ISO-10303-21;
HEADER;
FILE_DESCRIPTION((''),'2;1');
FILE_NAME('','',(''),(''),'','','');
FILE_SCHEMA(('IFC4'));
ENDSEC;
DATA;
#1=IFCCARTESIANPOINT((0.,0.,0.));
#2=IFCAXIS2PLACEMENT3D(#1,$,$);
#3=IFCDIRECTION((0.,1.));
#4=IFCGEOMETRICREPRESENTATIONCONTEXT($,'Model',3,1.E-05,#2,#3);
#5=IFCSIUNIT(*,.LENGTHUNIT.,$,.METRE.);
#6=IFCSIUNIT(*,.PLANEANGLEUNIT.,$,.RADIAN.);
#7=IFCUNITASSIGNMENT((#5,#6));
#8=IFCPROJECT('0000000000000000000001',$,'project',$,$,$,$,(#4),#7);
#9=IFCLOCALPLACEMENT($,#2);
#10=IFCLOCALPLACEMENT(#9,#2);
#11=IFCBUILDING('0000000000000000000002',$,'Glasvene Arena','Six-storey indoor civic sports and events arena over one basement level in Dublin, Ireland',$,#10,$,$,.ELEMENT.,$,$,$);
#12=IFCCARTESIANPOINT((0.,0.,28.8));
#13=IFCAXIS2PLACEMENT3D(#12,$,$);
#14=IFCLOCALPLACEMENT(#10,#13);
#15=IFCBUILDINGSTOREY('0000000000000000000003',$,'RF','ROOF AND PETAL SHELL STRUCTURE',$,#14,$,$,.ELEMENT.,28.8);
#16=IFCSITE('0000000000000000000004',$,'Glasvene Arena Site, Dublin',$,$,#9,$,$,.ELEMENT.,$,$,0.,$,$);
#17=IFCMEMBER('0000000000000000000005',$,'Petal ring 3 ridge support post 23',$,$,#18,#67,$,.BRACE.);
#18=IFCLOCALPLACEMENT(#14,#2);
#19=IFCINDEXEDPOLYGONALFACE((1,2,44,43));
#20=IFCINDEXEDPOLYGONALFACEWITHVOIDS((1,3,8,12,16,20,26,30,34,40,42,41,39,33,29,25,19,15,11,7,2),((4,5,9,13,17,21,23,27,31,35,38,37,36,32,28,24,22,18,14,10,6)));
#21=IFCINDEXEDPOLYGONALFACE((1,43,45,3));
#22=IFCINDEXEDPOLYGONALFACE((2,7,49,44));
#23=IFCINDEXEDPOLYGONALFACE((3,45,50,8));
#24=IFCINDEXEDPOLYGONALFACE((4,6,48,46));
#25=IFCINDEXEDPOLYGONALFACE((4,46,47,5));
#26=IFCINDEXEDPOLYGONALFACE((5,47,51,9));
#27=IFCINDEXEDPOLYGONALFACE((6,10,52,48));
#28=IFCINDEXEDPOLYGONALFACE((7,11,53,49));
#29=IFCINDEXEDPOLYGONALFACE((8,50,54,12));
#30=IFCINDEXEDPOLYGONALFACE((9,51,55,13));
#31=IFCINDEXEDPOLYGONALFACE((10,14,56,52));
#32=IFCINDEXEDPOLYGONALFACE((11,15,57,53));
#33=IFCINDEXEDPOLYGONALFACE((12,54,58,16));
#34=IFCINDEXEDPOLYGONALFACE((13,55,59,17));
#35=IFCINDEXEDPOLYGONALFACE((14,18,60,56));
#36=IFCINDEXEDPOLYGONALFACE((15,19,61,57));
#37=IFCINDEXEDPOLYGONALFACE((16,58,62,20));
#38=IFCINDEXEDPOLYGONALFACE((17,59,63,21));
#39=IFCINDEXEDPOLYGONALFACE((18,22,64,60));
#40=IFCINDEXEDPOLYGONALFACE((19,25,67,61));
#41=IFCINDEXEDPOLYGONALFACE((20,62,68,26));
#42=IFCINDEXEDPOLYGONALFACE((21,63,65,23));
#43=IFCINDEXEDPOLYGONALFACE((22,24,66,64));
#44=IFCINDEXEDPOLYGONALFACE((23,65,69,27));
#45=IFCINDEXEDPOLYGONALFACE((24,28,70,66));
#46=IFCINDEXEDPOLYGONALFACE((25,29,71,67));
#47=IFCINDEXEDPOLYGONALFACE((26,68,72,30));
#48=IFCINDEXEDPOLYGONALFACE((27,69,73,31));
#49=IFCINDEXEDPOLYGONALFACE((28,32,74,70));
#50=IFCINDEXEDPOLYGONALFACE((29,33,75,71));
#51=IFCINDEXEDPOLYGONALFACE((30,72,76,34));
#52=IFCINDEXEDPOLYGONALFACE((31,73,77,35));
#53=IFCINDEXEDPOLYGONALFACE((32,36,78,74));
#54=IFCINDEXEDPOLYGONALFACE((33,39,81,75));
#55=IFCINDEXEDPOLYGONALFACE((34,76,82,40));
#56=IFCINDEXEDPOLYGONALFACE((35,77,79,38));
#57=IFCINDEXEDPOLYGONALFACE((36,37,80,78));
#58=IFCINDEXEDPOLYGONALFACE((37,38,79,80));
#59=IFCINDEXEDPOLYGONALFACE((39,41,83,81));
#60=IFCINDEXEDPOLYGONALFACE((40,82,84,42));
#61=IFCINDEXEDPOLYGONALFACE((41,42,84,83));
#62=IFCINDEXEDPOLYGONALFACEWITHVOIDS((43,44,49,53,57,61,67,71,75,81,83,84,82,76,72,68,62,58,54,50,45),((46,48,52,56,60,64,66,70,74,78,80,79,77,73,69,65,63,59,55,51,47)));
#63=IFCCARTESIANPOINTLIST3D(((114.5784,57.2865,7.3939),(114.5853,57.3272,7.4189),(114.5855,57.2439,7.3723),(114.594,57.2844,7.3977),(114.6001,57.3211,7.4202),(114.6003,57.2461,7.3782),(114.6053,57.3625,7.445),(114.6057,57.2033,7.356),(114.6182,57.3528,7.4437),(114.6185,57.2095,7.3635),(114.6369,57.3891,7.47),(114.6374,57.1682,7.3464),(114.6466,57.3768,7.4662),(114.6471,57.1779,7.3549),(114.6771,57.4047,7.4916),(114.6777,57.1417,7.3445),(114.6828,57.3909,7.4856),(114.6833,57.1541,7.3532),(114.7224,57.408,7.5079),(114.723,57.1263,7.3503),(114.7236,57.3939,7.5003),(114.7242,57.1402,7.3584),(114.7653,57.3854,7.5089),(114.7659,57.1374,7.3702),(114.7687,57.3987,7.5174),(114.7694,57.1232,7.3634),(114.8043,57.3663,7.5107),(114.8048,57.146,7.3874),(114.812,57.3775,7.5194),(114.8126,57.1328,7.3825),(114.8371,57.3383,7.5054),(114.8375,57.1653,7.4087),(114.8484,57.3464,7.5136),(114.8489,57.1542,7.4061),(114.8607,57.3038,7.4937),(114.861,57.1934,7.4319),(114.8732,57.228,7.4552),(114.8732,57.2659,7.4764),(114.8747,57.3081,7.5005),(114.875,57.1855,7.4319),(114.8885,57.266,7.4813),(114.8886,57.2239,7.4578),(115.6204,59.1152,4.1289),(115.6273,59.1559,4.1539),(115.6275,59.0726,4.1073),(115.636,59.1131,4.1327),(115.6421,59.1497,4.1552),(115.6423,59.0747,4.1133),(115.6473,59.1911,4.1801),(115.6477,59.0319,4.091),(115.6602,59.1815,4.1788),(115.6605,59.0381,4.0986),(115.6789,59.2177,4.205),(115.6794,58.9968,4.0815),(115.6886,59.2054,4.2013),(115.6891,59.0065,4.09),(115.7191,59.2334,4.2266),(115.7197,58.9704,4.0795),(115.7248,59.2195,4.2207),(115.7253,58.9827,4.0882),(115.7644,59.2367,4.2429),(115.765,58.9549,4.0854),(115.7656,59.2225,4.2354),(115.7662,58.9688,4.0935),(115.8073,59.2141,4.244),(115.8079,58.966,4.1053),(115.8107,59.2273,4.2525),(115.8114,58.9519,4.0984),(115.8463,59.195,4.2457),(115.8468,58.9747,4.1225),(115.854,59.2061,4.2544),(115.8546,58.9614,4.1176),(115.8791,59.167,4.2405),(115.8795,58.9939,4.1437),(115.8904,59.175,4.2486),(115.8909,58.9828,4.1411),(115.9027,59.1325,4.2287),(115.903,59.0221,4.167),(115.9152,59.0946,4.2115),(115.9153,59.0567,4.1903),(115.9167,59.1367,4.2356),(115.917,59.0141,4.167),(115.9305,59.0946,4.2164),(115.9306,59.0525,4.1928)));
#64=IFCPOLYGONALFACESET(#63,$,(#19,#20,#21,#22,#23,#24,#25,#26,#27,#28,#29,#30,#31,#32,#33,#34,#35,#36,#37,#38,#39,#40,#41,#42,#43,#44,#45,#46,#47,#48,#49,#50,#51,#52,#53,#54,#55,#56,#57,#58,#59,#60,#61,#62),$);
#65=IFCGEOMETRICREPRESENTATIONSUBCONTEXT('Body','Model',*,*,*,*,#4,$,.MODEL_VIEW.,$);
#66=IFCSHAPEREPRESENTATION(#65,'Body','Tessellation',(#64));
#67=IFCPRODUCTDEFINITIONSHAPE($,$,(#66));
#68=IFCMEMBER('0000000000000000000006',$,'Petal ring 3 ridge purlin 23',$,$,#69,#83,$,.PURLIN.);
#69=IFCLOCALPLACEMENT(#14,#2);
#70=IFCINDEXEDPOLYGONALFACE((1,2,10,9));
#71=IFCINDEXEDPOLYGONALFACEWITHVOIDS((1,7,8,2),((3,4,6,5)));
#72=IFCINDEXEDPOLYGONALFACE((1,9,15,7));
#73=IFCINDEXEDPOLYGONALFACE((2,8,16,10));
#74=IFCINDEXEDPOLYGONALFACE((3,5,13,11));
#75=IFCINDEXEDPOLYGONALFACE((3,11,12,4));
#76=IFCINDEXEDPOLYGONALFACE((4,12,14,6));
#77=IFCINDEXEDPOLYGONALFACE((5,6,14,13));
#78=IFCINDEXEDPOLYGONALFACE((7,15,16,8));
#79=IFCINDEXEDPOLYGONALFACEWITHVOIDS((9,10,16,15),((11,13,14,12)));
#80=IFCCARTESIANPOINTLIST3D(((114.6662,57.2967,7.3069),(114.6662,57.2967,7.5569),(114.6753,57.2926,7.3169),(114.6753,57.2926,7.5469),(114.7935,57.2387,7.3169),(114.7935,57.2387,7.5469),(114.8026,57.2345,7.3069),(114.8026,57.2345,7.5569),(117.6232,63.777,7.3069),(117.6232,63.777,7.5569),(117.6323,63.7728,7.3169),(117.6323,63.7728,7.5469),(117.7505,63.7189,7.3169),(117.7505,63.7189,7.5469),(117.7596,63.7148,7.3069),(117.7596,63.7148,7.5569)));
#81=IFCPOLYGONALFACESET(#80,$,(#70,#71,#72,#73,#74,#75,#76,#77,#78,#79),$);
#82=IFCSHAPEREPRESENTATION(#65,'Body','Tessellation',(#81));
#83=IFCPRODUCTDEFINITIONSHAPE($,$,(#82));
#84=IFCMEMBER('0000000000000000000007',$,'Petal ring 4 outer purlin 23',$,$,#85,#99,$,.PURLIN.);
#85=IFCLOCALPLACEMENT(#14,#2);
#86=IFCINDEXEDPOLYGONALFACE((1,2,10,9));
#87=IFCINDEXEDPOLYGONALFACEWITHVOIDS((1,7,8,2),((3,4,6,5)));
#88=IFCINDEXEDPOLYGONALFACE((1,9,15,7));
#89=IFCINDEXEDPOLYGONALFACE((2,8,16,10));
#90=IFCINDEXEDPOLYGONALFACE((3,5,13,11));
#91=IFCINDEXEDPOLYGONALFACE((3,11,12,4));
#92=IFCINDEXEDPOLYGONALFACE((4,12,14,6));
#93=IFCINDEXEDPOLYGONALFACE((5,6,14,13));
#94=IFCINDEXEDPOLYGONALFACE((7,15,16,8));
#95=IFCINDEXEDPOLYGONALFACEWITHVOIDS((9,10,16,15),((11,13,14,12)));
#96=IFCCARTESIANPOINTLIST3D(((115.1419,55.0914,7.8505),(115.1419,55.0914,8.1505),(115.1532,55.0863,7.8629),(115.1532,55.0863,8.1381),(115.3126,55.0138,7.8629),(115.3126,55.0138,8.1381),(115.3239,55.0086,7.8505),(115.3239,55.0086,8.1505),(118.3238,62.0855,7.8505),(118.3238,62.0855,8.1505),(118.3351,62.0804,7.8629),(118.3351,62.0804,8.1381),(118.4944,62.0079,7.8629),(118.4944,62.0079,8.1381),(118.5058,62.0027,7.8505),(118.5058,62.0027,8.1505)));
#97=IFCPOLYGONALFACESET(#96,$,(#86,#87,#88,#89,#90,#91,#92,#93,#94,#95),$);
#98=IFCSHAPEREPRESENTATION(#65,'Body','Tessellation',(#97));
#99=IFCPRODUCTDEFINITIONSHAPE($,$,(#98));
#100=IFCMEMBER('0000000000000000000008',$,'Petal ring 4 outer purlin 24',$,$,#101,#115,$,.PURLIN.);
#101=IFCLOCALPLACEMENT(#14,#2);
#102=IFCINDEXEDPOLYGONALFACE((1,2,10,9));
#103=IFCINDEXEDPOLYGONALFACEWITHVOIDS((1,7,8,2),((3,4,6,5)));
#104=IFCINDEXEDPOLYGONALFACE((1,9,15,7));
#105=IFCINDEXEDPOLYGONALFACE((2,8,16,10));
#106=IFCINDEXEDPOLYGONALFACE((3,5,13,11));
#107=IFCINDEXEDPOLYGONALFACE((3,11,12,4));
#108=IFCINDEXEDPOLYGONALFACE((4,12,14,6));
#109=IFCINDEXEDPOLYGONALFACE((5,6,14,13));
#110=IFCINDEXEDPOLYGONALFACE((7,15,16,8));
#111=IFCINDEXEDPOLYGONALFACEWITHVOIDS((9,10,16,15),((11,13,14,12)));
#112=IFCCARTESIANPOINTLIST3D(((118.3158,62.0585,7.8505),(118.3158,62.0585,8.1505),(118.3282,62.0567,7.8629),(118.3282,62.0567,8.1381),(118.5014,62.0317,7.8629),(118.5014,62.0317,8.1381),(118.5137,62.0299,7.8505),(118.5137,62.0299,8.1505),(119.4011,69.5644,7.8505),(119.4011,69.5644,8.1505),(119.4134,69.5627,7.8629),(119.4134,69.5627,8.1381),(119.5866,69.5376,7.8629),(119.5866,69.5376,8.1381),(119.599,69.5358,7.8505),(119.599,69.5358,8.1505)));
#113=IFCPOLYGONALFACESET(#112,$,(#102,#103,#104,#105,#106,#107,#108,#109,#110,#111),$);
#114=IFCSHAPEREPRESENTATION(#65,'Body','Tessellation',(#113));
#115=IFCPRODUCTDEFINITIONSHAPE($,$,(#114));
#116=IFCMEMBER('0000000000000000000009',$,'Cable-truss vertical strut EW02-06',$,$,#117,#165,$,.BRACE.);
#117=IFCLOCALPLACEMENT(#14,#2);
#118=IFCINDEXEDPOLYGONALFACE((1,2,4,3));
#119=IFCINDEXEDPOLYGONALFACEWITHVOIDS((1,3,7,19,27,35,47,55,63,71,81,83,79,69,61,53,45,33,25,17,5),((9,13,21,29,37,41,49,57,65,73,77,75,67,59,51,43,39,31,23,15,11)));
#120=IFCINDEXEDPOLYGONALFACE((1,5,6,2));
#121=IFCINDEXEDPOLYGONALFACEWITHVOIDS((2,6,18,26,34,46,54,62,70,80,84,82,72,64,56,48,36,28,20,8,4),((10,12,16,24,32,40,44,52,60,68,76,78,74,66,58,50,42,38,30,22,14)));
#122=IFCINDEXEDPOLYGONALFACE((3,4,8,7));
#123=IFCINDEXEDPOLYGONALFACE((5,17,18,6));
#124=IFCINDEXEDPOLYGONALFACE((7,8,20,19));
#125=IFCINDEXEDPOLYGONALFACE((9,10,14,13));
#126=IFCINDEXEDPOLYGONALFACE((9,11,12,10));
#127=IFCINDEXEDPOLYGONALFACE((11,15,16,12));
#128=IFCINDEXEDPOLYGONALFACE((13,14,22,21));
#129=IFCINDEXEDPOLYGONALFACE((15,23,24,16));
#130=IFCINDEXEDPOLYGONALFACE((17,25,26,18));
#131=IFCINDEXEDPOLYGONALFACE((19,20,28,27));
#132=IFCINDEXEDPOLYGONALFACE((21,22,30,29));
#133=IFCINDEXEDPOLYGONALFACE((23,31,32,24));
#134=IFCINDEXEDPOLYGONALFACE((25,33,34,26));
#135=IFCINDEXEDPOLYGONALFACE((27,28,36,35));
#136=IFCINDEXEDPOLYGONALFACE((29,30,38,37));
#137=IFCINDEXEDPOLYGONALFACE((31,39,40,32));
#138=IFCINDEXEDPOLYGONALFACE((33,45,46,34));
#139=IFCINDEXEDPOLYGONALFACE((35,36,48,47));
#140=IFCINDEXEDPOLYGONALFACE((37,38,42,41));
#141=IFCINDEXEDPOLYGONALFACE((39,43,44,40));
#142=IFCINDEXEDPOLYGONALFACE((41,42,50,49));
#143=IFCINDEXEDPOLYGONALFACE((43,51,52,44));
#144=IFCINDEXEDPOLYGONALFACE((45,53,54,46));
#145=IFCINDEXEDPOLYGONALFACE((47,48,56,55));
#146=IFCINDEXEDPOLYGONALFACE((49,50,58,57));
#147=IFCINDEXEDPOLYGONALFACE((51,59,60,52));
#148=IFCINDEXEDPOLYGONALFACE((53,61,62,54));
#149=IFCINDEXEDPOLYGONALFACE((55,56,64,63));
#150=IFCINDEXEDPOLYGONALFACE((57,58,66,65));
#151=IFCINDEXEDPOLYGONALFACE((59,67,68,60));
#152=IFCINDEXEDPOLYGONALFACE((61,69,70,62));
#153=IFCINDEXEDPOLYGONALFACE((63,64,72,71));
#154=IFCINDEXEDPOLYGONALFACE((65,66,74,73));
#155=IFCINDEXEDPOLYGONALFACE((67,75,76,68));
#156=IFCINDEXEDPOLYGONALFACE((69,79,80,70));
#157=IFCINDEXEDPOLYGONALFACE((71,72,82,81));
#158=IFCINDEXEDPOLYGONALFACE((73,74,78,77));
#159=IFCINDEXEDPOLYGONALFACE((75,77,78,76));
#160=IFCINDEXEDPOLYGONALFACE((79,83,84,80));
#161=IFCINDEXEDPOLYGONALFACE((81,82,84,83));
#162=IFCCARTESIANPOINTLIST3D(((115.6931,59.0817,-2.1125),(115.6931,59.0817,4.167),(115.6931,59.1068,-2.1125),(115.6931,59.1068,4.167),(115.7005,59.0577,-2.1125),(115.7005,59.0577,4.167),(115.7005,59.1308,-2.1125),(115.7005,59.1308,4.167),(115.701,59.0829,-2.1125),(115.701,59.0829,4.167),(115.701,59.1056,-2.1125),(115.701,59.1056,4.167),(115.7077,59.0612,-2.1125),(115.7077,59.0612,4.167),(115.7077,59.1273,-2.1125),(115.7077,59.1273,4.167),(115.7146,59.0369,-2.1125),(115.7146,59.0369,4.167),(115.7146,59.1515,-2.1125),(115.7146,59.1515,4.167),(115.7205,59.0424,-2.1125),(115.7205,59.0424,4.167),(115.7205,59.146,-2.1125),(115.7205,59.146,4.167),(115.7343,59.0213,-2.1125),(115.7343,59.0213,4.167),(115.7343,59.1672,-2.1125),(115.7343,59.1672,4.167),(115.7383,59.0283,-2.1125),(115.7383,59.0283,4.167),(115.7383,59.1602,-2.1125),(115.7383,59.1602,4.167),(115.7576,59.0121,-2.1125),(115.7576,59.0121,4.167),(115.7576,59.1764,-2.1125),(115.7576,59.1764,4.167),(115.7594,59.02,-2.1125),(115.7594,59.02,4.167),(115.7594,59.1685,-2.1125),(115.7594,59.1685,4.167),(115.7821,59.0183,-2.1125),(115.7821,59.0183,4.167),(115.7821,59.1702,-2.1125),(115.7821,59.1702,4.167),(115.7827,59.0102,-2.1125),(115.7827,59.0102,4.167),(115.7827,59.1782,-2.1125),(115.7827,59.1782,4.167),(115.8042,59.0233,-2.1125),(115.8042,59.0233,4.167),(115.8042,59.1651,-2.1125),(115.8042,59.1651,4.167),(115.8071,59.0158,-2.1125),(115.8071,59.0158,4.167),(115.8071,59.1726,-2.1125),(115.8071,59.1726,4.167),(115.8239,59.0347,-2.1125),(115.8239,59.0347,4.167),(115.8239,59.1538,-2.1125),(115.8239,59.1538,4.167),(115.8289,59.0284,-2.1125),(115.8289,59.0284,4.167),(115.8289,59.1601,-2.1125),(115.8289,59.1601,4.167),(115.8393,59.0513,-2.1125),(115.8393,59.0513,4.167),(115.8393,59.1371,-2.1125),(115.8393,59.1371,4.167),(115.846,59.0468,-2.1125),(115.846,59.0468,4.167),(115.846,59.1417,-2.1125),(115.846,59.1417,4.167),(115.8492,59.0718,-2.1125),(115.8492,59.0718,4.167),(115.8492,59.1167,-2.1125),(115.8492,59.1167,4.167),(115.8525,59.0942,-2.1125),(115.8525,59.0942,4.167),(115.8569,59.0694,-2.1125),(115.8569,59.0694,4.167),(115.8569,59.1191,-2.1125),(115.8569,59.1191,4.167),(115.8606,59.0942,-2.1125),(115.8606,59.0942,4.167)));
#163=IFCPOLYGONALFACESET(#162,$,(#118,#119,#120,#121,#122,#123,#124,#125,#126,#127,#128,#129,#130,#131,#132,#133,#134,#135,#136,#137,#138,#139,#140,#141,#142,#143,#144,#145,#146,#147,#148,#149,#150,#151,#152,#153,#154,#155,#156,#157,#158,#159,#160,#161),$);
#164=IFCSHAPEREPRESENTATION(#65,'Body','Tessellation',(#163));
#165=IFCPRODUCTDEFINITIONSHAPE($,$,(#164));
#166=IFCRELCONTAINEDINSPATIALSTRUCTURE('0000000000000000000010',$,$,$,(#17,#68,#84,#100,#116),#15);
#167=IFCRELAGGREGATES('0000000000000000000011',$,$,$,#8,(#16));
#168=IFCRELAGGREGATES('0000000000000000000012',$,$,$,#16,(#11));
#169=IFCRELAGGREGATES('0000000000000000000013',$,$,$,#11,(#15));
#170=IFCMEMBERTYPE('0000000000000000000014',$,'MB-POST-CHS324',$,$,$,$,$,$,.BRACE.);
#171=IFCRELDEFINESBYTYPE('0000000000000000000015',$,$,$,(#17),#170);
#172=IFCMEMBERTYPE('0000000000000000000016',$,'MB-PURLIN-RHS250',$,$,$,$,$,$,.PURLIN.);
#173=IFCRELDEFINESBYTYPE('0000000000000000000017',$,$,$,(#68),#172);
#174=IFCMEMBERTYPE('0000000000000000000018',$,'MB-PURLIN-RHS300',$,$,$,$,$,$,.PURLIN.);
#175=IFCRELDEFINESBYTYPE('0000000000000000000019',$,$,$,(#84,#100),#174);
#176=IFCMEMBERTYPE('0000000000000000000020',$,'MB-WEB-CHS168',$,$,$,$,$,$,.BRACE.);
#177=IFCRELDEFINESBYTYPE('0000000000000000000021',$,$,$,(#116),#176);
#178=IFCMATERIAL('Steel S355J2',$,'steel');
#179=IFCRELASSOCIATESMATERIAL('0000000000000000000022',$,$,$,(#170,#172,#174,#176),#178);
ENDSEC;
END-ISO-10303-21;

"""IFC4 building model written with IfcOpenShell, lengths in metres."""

from ifc_helpers import new_model, si_unit, direction, frame, origin, origin_2d, place, context, subcontext, project, spatial, hollow_rectangle, hollow_circle, extrude, material, material_profile, profile_set, type_object, element, save


model = new_model("IFC4")

# Units and contexts
model_context = context("Model", 3, precision=1e-05, world=origin(), true_north=direction((0.0, 1.0)))
body_context = subcontext(model_context, "Body", "Model", "MODEL_VIEW")
ifc_project = project(units=[si_unit("LENGTHUNIT", "METRE"), si_unit("PLANEANGLEUNIT", "RADIAN")], contexts=[model_context])

# Site, building, storey
site_placement = place(None, origin())
site = spatial("IfcSite", under=ifc_project, at=site_placement, Name="Glasvene Arena Site, Dublin", CompositionType="ELEMENT", RefElevation=0.0)
building_placement = place(site_placement, origin())
building = spatial("IfcBuilding", under=site, at=building_placement, Name="Glasvene Arena", Description="Six-storey indoor civic sports and events arena over one basement level in Dublin, Ireland", CompositionType="ELEMENT")
storey_placement = place(building_placement, frame((0.0, 0.0, 28.8)))
storey = spatial("IfcBuildingStorey", under=building, at=storey_placement, Name="RF", Description="ROOF AND PETAL SHELL STRUCTURE", CompositionType="ELEMENT", Elevation=28.8)

# Members
ifc_material_1 = material(Name="Steel S355J2", Category="steel")
ifc_material_profile_1 = material_profile(ifc_material_1, hollow_circle(Radius=0.1619, WallThickness=0.0161, at=origin_2d()), Name="CHS 323.9x16.0")
ifc_profile_set_1 = profile_set([ifc_material_profile_1], Name="Steel S355J2")
member_type_1 = type_object("IfcMemberType", Name="MB-POST-CHS324", PredefinedType="BRACE", material=ifc_profile_set_1)
member_1_placement = place(storey_placement, frame((115.7764, 59.0942, 4.167), z_axis=(-0.268246, -0.47075, 0.840499), x_axis=(0.868842, -0.495089, 0.0)))
element("IfcMember", 1, at=member_1_placement, inside=storey, type_object=member_type_1, Name="Petal ring 3 ridge support post 23", PredefinedType="BRACE", context=body_context, shape_type="SweptSolid", body=[
    extrude(hollow_circle(Radius=0.1619, WallThickness=0.0161, at=origin_2d()), origin(), (0.0, 0.0, 1.0), 3.8845),
])
ifc_material_profile_2 = material_profile(ifc_material_1, hollow_rectangle(XDim=0.1499, YDim=0.25, WallThickness=0.01, at=origin_2d()), Name="RHS 250x150x10.0")
ifc_profile_set_2 = profile_set([ifc_material_profile_2], Name="Steel S355J2")
member_type_2 = type_object("IfcMemberType", Name="MB-PURLIN-RHS250", PredefinedType="PURLIN", material=ifc_profile_set_2)
member_2_placement = place(storey_placement, frame((114.7344, 57.2656, 7.4319), z_axis=(0.415138, 0.909759, 0.0), x_axis=(-0.909759, 0.415138, 0.0)))
element("IfcMember", 2, at=member_2_placement, inside=storey, type_object=member_type_2, Name="Petal ring 3 ridge purlin 23", PredefinedType="PURLIN", context=body_context, shape_type="SweptSolid", body=[
    extrude(hollow_rectangle(XDim=0.1499, YDim=0.25, WallThickness=0.01, at=origin_2d()), origin(), (0.0, 0.0, 1.0), 7.123),
])
ifc_material_profile_3 = material_profile(ifc_material_1, hollow_rectangle(XDim=0.2, YDim=0.3, WallThickness=0.0125, at=origin_2d()), Name="RHS 300x200x12.5")
ifc_profile_set_3 = profile_set([ifc_material_profile_3], Name="Steel S355J2")
member_type_3 = type_object("IfcMemberType", Name="MB-PURLIN-RHS300", PredefinedType="PURLIN", material=ifc_profile_set_3)
member_3_placement = place(storey_placement, frame((115.2329, 55.05, 8.0005), z_axis=(0.414097, 0.910233, 0.0), x_axis=(-0.910233, 0.414097, 0.0)))
element("IfcMember", 3, at=member_3_placement, inside=storey, type_object=member_type_3, Name="Petal ring 4 outer purlin 23", PredefinedType="PURLIN", context=body_context, shape_type="SweptSolid", body=[
    extrude(hollow_rectangle(XDim=0.2, YDim=0.3, WallThickness=0.0125, at=origin_2d()), origin(), (0.0, 0.0, 1.0), 7.6838),
])
member_4_placement = place(storey_placement, frame((118.4148, 62.0442, 8.0005), z_axis=(0.143093, 0.989709, 0.0), x_axis=(-0.989709, 0.143093, 0.0)))
element("IfcMember", 4, at=member_4_placement, inside=storey, type_object=member_type_3, Name="Petal ring 4 outer purlin 24", PredefinedType="PURLIN", context=body_context, shape_type="SweptSolid", body=[
    extrude(hollow_rectangle(XDim=0.2, YDim=0.3, WallThickness=0.0125, at=origin_2d()), origin(), (0.0, 0.0, 1.0), 7.584),
])
ifc_material_profile_4 = material_profile(ifc_material_1, hollow_circle(Radius=0.0842, WallThickness=0.0081, at=origin_2d()), Name="CHS 168.3x8.0")
ifc_profile_set_4 = profile_set([ifc_material_profile_4], Name="Steel S355J2")
member_type_4 = type_object("IfcMemberType", Name="MB-WEB-CHS168", PredefinedType="BRACE", material=ifc_profile_set_4)
member_5_placement = place(storey_placement, frame((115.7764, 59.0942, -2.1125), z_axis=(0.0, 0.0, 1.0), x_axis=(1.0, 0.0, 0.0)))
element("IfcMember", 5, at=member_5_placement, inside=storey, type_object=member_type_4, Name="Cable-truss vertical strut EW02-06", PredefinedType="BRACE", context=body_context, shape_type="SweptSolid", body=[
    extrude(hollow_circle(Radius=0.0842, WallThickness=0.0081, at=origin_2d()), origin(), (0.0, 0.0, 1.0), 6.2795),
])

save(model, "model.ifc")
